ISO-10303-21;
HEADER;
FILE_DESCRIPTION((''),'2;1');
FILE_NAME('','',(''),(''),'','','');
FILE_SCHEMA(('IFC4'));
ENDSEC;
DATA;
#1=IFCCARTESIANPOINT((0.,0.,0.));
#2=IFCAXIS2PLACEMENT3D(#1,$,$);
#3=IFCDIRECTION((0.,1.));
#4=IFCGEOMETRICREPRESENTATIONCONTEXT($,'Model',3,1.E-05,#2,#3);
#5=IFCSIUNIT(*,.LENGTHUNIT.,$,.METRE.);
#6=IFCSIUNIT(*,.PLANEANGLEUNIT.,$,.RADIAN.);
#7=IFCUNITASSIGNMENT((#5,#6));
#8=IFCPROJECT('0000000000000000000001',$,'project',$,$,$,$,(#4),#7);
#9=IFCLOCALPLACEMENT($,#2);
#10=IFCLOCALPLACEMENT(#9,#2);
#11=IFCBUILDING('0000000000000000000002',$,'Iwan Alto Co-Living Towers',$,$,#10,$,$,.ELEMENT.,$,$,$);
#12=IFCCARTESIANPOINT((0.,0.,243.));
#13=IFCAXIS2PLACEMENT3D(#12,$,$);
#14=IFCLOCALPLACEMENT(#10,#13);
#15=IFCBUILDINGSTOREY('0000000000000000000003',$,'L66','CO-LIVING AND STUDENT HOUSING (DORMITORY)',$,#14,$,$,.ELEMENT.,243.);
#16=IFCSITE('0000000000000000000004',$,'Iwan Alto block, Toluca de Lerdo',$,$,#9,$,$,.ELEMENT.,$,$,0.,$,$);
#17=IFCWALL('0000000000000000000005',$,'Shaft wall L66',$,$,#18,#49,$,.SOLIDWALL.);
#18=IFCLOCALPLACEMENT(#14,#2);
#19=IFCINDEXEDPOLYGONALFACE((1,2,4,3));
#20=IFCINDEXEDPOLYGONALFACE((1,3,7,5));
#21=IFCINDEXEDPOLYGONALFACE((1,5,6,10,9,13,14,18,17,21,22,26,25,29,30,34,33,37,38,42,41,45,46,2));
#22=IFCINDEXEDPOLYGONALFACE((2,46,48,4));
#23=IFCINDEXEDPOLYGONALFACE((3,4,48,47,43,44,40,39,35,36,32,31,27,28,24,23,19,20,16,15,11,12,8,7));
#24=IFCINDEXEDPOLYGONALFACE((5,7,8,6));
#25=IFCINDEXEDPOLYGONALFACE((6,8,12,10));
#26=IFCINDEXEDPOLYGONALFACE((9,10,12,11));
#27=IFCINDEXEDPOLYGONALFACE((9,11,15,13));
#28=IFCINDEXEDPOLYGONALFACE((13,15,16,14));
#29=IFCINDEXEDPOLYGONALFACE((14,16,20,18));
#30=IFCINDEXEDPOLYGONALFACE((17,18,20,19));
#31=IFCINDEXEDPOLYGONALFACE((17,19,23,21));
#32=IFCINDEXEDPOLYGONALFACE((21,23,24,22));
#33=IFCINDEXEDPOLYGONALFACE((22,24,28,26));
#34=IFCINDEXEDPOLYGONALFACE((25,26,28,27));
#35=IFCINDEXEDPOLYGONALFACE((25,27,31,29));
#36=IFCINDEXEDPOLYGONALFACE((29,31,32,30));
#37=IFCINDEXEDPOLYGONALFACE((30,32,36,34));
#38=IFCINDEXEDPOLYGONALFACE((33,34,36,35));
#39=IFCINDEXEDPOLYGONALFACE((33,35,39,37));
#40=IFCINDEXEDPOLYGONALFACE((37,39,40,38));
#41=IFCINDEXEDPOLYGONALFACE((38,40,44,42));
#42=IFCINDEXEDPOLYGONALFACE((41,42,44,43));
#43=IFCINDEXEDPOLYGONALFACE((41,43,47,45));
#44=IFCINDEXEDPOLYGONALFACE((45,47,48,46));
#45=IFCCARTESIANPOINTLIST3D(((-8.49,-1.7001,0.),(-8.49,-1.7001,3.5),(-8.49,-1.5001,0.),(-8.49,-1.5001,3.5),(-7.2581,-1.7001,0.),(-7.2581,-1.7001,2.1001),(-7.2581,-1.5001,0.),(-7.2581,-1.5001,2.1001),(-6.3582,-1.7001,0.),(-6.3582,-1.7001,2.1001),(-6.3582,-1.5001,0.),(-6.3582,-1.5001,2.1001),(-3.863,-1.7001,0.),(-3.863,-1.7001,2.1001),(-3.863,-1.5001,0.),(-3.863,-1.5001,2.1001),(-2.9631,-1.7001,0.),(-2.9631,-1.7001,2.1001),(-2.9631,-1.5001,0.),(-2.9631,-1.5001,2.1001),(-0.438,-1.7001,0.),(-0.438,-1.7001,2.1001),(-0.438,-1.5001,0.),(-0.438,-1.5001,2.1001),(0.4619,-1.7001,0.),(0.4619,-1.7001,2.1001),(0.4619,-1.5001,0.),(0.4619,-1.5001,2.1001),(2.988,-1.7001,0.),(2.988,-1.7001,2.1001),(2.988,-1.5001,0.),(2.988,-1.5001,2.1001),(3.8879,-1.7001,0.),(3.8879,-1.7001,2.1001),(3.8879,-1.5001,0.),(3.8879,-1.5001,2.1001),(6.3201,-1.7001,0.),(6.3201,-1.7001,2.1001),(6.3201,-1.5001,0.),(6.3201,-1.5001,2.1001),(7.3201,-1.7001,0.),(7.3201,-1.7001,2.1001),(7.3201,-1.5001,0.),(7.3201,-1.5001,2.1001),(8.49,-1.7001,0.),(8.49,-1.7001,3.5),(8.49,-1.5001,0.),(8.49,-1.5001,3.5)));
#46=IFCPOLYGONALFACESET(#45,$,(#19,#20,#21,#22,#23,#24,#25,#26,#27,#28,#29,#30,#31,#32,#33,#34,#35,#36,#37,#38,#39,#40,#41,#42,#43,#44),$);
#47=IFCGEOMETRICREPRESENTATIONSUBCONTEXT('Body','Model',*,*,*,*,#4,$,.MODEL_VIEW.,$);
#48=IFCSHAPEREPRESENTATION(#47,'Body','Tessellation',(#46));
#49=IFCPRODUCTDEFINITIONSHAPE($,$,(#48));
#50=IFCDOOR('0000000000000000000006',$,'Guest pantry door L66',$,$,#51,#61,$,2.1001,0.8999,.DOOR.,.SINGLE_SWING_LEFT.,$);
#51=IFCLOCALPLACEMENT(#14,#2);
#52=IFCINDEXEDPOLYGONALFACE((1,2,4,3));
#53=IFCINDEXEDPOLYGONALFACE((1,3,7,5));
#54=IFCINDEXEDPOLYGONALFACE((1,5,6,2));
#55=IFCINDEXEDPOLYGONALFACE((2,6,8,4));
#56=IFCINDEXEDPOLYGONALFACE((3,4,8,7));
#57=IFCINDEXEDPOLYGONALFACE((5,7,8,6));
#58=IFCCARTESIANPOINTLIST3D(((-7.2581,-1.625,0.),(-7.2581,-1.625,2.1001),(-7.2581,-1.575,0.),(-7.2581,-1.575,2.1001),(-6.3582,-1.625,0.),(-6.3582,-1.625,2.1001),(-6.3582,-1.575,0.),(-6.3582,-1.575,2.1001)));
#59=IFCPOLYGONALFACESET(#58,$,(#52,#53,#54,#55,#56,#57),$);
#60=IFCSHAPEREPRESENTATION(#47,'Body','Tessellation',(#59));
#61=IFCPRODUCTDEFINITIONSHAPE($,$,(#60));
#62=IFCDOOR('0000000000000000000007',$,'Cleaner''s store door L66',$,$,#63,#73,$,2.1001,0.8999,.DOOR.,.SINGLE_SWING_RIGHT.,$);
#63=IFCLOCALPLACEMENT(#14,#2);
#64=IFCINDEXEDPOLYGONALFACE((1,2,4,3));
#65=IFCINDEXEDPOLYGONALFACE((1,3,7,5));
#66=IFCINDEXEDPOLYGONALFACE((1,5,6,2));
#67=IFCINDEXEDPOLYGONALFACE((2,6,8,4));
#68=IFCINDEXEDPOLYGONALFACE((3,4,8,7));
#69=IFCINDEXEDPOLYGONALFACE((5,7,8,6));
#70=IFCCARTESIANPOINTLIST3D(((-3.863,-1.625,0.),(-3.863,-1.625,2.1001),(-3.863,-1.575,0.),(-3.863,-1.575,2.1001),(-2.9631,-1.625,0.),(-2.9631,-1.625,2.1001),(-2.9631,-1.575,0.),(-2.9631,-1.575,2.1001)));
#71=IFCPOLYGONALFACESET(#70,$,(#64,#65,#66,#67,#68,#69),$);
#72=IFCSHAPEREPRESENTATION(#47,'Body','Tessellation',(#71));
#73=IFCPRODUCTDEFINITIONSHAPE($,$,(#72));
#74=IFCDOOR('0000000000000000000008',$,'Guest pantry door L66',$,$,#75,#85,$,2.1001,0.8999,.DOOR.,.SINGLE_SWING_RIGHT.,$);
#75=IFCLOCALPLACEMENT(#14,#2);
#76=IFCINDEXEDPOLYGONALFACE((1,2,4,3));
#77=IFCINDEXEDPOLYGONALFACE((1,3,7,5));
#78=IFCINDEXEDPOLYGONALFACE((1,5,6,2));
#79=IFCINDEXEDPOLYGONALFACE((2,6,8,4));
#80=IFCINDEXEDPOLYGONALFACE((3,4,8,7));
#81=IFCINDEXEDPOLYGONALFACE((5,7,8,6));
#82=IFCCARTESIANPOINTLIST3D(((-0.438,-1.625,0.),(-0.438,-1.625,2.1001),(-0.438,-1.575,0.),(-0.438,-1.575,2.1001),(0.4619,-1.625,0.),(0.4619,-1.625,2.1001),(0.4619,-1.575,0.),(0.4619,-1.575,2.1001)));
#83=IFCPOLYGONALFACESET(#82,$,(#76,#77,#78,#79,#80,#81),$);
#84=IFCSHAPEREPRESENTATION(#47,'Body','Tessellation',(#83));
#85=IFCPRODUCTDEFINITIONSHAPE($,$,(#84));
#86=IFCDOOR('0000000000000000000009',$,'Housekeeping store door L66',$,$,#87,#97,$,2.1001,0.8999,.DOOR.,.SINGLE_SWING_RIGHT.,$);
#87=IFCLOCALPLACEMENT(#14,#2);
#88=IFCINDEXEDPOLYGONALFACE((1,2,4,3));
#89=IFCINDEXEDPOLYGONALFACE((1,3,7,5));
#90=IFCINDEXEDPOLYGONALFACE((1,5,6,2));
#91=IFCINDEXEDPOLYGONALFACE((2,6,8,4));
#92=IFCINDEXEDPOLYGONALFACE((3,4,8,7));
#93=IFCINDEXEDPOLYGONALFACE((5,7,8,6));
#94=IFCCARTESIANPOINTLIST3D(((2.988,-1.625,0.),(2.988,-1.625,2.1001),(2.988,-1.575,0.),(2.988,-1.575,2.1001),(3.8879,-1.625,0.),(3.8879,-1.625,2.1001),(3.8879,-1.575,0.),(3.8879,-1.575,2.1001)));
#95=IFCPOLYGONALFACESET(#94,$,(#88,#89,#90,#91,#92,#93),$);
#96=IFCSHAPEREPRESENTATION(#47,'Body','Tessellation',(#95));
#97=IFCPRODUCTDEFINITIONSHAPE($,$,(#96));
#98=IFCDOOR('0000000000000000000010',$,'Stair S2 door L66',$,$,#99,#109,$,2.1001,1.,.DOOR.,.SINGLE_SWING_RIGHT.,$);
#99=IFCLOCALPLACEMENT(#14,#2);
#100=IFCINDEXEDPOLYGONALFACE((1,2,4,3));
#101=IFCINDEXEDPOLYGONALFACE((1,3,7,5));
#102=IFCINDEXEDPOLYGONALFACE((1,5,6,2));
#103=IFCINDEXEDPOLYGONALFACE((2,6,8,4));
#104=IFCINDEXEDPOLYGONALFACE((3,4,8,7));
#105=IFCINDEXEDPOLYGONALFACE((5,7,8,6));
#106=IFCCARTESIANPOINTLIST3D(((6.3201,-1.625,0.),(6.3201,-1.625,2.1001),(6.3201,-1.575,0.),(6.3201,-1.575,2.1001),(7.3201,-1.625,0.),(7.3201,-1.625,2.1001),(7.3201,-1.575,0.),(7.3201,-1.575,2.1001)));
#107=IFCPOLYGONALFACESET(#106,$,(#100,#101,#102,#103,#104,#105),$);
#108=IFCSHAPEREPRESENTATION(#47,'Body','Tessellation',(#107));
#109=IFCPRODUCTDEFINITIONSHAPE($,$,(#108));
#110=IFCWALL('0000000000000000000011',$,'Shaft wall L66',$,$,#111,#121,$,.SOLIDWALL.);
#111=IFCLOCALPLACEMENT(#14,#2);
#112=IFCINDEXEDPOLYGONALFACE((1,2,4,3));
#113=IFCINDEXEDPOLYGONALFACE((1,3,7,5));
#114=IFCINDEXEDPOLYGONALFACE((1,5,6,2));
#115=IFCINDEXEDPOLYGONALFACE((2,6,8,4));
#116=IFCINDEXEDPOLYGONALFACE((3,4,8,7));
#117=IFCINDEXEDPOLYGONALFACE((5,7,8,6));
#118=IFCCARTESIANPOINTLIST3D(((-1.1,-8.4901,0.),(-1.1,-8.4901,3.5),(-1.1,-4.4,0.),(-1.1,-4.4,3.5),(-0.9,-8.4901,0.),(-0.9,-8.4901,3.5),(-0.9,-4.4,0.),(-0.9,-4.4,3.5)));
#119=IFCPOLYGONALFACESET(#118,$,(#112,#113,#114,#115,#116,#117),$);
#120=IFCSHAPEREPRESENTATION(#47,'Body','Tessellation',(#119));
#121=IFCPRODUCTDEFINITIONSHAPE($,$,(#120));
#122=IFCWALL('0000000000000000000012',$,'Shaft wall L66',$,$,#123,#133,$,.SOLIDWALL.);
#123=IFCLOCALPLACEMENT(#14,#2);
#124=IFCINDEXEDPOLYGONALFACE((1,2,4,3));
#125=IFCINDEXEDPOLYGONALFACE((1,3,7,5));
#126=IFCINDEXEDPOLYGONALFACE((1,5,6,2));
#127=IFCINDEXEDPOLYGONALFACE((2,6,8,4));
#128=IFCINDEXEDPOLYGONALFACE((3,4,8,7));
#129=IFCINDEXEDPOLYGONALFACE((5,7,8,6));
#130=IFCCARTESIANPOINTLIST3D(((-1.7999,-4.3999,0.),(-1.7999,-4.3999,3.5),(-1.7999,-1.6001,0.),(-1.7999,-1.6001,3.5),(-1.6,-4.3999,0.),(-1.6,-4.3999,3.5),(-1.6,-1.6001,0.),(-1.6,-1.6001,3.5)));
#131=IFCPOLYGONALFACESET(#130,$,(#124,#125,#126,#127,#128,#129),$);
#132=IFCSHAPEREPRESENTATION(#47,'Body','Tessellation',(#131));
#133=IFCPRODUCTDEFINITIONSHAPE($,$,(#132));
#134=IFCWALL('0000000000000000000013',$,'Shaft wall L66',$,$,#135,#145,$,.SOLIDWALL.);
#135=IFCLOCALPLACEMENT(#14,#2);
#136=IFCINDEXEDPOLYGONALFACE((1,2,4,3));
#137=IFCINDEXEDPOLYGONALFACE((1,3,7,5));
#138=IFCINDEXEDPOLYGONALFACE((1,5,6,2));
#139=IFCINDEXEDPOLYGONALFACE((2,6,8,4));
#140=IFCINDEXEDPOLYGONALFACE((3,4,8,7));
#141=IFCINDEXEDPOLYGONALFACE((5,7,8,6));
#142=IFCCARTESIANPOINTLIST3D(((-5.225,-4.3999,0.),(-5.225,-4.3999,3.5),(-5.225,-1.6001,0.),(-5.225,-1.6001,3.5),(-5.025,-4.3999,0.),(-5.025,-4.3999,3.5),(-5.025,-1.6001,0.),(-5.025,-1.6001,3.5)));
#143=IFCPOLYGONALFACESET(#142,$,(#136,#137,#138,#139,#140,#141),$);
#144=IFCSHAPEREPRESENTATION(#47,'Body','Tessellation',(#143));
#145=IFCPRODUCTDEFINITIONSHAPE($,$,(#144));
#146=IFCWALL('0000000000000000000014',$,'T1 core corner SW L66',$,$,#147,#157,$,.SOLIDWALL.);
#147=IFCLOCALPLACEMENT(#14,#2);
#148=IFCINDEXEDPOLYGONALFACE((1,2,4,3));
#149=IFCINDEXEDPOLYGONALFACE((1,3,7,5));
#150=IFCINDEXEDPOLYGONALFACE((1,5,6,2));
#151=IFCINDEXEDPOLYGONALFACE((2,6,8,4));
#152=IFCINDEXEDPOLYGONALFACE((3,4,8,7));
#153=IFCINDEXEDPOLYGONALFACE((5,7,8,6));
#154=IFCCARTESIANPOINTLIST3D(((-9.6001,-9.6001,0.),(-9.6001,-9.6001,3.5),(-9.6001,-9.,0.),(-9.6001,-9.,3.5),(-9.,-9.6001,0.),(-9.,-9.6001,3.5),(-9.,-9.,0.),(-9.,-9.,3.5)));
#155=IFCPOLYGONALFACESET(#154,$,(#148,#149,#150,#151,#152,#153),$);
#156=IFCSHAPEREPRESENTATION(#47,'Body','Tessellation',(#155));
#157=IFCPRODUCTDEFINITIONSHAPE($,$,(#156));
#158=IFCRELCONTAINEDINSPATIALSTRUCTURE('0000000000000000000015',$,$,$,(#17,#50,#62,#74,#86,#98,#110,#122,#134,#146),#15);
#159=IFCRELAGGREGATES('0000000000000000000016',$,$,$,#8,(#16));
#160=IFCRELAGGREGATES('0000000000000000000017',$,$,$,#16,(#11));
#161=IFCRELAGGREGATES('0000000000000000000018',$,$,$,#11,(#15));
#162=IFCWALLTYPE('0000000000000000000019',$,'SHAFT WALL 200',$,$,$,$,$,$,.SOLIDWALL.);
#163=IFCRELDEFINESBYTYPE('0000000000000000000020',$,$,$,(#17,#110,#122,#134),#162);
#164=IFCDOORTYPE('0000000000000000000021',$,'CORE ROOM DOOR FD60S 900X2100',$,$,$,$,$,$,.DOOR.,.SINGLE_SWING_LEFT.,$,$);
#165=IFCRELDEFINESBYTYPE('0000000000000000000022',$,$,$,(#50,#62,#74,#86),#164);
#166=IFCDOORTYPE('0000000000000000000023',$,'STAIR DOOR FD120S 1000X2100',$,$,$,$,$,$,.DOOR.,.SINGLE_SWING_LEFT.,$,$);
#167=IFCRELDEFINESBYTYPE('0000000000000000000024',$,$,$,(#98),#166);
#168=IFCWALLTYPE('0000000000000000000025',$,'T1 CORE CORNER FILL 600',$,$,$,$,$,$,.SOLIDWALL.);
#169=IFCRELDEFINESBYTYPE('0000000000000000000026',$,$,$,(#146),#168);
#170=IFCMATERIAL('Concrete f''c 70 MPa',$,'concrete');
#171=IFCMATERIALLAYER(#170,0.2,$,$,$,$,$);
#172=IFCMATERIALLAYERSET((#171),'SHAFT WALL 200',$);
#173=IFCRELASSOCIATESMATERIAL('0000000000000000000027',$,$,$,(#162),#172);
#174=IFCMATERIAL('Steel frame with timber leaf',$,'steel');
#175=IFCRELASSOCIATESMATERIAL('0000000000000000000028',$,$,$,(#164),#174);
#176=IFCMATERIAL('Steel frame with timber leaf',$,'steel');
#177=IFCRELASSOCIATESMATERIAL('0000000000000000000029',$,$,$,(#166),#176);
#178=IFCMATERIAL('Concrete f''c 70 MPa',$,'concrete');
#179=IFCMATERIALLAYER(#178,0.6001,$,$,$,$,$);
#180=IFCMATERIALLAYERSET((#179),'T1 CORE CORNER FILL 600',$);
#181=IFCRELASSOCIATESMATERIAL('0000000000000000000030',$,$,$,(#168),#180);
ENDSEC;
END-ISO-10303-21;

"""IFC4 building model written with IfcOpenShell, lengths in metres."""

from ifc_helpers import new_model, si_unit, direction, frame, frame_2d, origin, place, context, subcontext, project, spatial, rectangle, extrude, material, layer, layer_set, type_object, element, fill, save


model = new_model("IFC4")

# Units and contexts
model_context = context("Model", 3, precision=1e-05, world=origin(), true_north=direction((0.0, 1.0)))
body_context = subcontext(model_context, "Body", "Model", "MODEL_VIEW")
ifc_project = project(units=[si_unit("LENGTHUNIT", "METRE"), si_unit("PLANEANGLEUNIT", "RADIAN")], contexts=[model_context])

# Site, building, storey
site_placement = place(None, origin())
site = spatial("IfcSite", under=ifc_project, at=site_placement, Name="Iwan Alto block, Toluca de Lerdo", CompositionType="ELEMENT", RefElevation=0.0)
building_placement = place(site_placement, origin())
building = spatial("IfcBuilding", under=site, at=building_placement, Name="Iwan Alto Co-Living Towers", CompositionType="ELEMENT")
storey_placement = place(building_placement, frame((0.0, 0.0, 243.0)))
storey = spatial("IfcBuildingStorey", under=building, at=storey_placement, Name="L66", Description="CO-LIVING AND STUDENT HOUSING (DORMITORY)", CompositionType="ELEMENT", Elevation=243.0)

# Shared definitions
ifc_material_1 = material(Name="Concrete f'c 70 MPa", Category="concrete")
ifc_layer_1 = layer(ifc_material_1, 0.2)
ifc_layer_set_1 = layer_set([ifc_layer_1], Name="SHAFT WALL 200")
wall_type_1 = type_object("IfcWallType", Name="SHAFT WALL 200", PredefinedType="SOLIDWALL", material=ifc_layer_set_1)

# Wall, openings, doors
wall_1_placement = place(storey_placement, frame((-8.49, -1.6001, 0.0), z_axis=(0.0, 0.0, 1.0), x_axis=(1.0, 0.0, 0.0)))
wall_1 = element("IfcWall", 1, at=wall_1_placement, inside=storey, type_object=wall_type_1, Name="Shaft wall L66", PredefinedType="SOLIDWALL", context=body_context, shape_type="SweptSolid", body=[
    extrude(rectangle(XDim=16.98, YDim=0.2, at=frame_2d((8.49, 0.0))), origin(), (0.0, 0.0, 1.0), 3.5),
])
opening_1_placement = place(wall_1_placement, frame((14.8101, 0.0, 0.0)))
opening_1 = element("IfcOpeningElement", 2, at=opening_1_placement, cuts=wall_1, PredefinedType="OPENING", context=body_context, shape_type="SweptSolid", body=[
    extrude(rectangle(XDim=1.0, YDim=2.1001, at=frame_2d((0.5, 1.05))), frame((0.0, 0.1099, 0.0), z_axis=(0.0, -1.0, 0.0), x_axis=(1.0, 0.0, 0.0)), (0.0, 0.0, 1.0), 0.22),
])
opening_2_placement = place(wall_1_placement, frame((1.2319, 0.0, 0.0)))
opening_2 = element("IfcOpeningElement", 3, at=opening_2_placement, cuts=wall_1, PredefinedType="OPENING", context=body_context, shape_type="SweptSolid", body=[
    extrude(rectangle(XDim=0.8999, YDim=2.1001, at=frame_2d((0.45, 1.05))), frame((0.0, 0.1099, 0.0), z_axis=(0.0, -1.0, 0.0), x_axis=(1.0, 0.0, 0.0)), (0.0, 0.0, 1.0), 0.22),
])
opening_3_placement = place(wall_1_placement, frame((4.627, 0.0, 0.0)))
opening_3 = element("IfcOpeningElement", 4, at=opening_3_placement, cuts=wall_1, PredefinedType="OPENING", context=body_context, shape_type="SweptSolid", body=[
    extrude(rectangle(XDim=0.8999, YDim=2.1001, at=frame_2d((0.45, 1.05))), frame((0.0, 0.1099, 0.0), z_axis=(0.0, -1.0, 0.0), x_axis=(1.0, 0.0, 0.0)), (0.0, 0.0, 1.0), 0.22),
])
opening_4_placement = place(wall_1_placement, frame((8.052, 0.0, 0.0)))
opening_4 = element("IfcOpeningElement", 5, at=opening_4_placement, cuts=wall_1, PredefinedType="OPENING", context=body_context, shape_type="SweptSolid", body=[
    extrude(rectangle(XDim=0.8999, YDim=2.1001, at=frame_2d((0.45, 1.05))), frame((0.0, 0.1099, 0.0), z_axis=(0.0, -1.0, 0.0), x_axis=(1.0, 0.0, 0.0)), (0.0, 0.0, 1.0), 0.22),
])
opening_5_placement = place(wall_1_placement, frame((11.478, 0.0, 0.0)))
opening_5 = element("IfcOpeningElement", 6, at=opening_5_placement, cuts=wall_1, PredefinedType="OPENING", context=body_context, shape_type="SweptSolid", body=[
    extrude(rectangle(XDim=0.8999, YDim=2.1001, at=frame_2d((0.45, 1.05))), frame((0.0, 0.1099, 0.0), z_axis=(0.0, -1.0, 0.0), x_axis=(1.0, 0.0, 0.0)), (0.0, 0.0, 1.0), 0.22),
])
ifc_material_2 = material(Name="Steel frame with timber leaf", Category="steel")
door_type_1 = type_object("IfcDoorType", Name="CORE ROOM DOOR FD60S 900X2100", OperationType="SINGLE_SWING_LEFT", PredefinedType="DOOR", material=ifc_material_2)
door_1_placement = place(opening_2_placement, frame((0.8999, 0.0, 0.0), z_axis=(0.0, 0.0, 1.0), x_axis=(-1.0, 0.0, 0.0)))
door_1 = element("IfcDoor", 7, at=door_1_placement, inside=storey, type_object=door_type_1, Name="Guest pantry door L66", OperationType="SINGLE_SWING_LEFT", OverallHeight=2.1001, OverallWidth=0.8999, PredefinedType="DOOR", context=body_context, shape_type="SweptSolid", body=[
    extrude(rectangle(XDim=0.8999, YDim=2.1001, at=frame_2d((0.45, 1.05))), frame((0.0, 0.0249, 0.0), z_axis=(0.0, -1.0, 0.0), x_axis=(1.0, 0.0, 0.0)), (0.0, 0.0, 1.0), 0.05),
])
fill(opening_2, door_1)
door_2_placement = place(opening_3_placement, frame((0.8999, 0.0, 0.0), z_axis=(0.0, 0.0, 1.0), x_axis=(-1.0, 0.0, 0.0)))
door_2 = element("IfcDoor", 8, at=door_2_placement, inside=storey, type_object=door_type_1, Name="Cleaner's store door L66", OperationType="SINGLE_SWING_RIGHT", OverallHeight=2.1001, OverallWidth=0.8999, PredefinedType="DOOR", context=body_context, shape_type="SweptSolid", body=[
    extrude(rectangle(XDim=0.8999, YDim=2.1001, at=frame_2d((0.45, 1.05))), frame((0.0, 0.0249, 0.0), z_axis=(0.0, -1.0, 0.0), x_axis=(1.0, 0.0, 0.0)), (0.0, 0.0, 1.0), 0.05),
])
fill(opening_3, door_2)
door_3_placement = place(opening_4_placement, frame((0.8999, 0.0, 0.0), z_axis=(0.0, 0.0, 1.0), x_axis=(-1.0, 0.0, 0.0)))
door_3 = element("IfcDoor", 9, at=door_3_placement, inside=storey, type_object=door_type_1, Name="Guest pantry door L66", OperationType="SINGLE_SWING_RIGHT", OverallHeight=2.1001, OverallWidth=0.8999, PredefinedType="DOOR", context=body_context, shape_type="SweptSolid", body=[
    extrude(rectangle(XDim=0.8999, YDim=2.1001, at=frame_2d((0.45, 1.05))), frame((0.0, 0.0249, 0.0), z_axis=(0.0, -1.0, 0.0), x_axis=(1.0, 0.0, 0.0)), (0.0, 0.0, 1.0), 0.05),
])
fill(opening_4, door_3)
door_4_placement = place(opening_5_placement, frame((0.8999, 0.0, 0.0), z_axis=(0.0, 0.0, 1.0), x_axis=(-1.0, 0.0, 0.0)))
door_4 = element("IfcDoor", 10, at=door_4_placement, inside=storey, type_object=door_type_1, Name="Housekeeping store door L66", OperationType="SINGLE_SWING_RIGHT", OverallHeight=2.1001, OverallWidth=0.8999, PredefinedType="DOOR", context=body_context, shape_type="SweptSolid", body=[
    extrude(rectangle(XDim=0.8999, YDim=2.1001, at=frame_2d((0.45, 1.05))), frame((0.0, 0.0249, 0.0), z_axis=(0.0, -1.0, 0.0), x_axis=(1.0, 0.0, 0.0)), (0.0, 0.0, 1.0), 0.05),
])
fill(opening_5, door_4)
ifc_material_3 = material(Name="Steel frame with timber leaf", Category="steel")
door_type_2 = type_object("IfcDoorType", Name="STAIR DOOR FD120S 1000X2100", OperationType="SINGLE_SWING_LEFT", PredefinedType="DOOR", material=ifc_material_3)
door_5_placement = place(opening_1_placement, frame((1.0, 0.0, 0.0), z_axis=(0.0, 0.0, 1.0), x_axis=(-1.0, 0.0, 0.0)))
door_5 = element("IfcDoor", 11, at=door_5_placement, inside=storey, type_object=door_type_2, Name="Stair S2 door L66", OperationType="SINGLE_SWING_RIGHT", OverallHeight=2.1001, OverallWidth=1.0, PredefinedType="DOOR", context=body_context, shape_type="SweptSolid", body=[
    extrude(rectangle(XDim=1.0, YDim=2.1001, at=frame_2d((0.5, 1.05))), frame((0.0, 0.0249, 0.0), z_axis=(0.0, -1.0, 0.0), x_axis=(1.0, 0.0, 0.0)), (0.0, 0.0, 1.0), 0.05),
])
fill(opening_1, door_5)

# Walls
wall_2_placement = place(storey_placement, frame((-1.0, -8.49, 0.0), z_axis=(0.0, 0.0, 1.0), x_axis=(0.0, 1.0, 0.0)))
element("IfcWall", 12, at=wall_2_placement, inside=storey, type_object=wall_type_1, Name="Shaft wall L66", PredefinedType="SOLIDWALL", context=body_context, shape_type="SweptSolid", body=[
    extrude(rectangle(XDim=4.0901, YDim=0.2, at=frame_2d((2.0449, 0.0))), origin(), (0.0, 0.0, 1.0), 3.5),
])
for number, where, z_axis, x_axis, name in (
    (13, (-1.7, -4.3999, 0.0), (0.0, 0.0, 1.0), (0.0, 1.0, 0.0), "Shaft wall L66"),
    (14, (-5.125, -4.3999, 0.0), (0.0, 0.0, 1.0), (0.0, 1.0, 0.0), "Shaft wall L66"),
):
    element("IfcWall", number, at=place(storey_placement, frame(where, z_axis=z_axis, x_axis=x_axis)), inside=storey, type_object=wall_type_1, Name=name, PredefinedType="SOLIDWALL", context=body_context, shape_type="SweptSolid", body=[
        extrude(rectangle(XDim=2.7998, YDim=0.2, at=frame_2d((1.3999, 0.0))), origin(), (0.0, 0.0, 1.0), 3.5),
    ])
ifc_material_4 = material(Name="Concrete f'c 70 MPa", Category="concrete")
ifc_layer_2 = layer(ifc_material_4, 0.6001)
ifc_layer_set_2 = layer_set([ifc_layer_2], Name="T1 CORE CORNER FILL 600")
wall_type_2 = type_object("IfcWallType", Name="T1 CORE CORNER FILL 600", PredefinedType="SOLIDWALL", material=ifc_layer_set_2)
wall_3_placement = place(storey_placement, frame((-9.6001, -9.3, 0.0), z_axis=(0.0, 0.0, 1.0), x_axis=(1.0, 0.0, 0.0)))
element("IfcWall", 15, at=wall_3_placement, inside=storey, type_object=wall_type_2, Name="T1 core corner SW L66", PredefinedType="SOLIDWALL", context=body_context, shape_type="SweptSolid", body=[
    extrude(rectangle(XDim=0.6001, YDim=0.6001, at=frame_2d((0.3, 0.0))), origin(), (0.0, 0.0, 1.0), 3.5),
])

save(model, "model.ifc")
